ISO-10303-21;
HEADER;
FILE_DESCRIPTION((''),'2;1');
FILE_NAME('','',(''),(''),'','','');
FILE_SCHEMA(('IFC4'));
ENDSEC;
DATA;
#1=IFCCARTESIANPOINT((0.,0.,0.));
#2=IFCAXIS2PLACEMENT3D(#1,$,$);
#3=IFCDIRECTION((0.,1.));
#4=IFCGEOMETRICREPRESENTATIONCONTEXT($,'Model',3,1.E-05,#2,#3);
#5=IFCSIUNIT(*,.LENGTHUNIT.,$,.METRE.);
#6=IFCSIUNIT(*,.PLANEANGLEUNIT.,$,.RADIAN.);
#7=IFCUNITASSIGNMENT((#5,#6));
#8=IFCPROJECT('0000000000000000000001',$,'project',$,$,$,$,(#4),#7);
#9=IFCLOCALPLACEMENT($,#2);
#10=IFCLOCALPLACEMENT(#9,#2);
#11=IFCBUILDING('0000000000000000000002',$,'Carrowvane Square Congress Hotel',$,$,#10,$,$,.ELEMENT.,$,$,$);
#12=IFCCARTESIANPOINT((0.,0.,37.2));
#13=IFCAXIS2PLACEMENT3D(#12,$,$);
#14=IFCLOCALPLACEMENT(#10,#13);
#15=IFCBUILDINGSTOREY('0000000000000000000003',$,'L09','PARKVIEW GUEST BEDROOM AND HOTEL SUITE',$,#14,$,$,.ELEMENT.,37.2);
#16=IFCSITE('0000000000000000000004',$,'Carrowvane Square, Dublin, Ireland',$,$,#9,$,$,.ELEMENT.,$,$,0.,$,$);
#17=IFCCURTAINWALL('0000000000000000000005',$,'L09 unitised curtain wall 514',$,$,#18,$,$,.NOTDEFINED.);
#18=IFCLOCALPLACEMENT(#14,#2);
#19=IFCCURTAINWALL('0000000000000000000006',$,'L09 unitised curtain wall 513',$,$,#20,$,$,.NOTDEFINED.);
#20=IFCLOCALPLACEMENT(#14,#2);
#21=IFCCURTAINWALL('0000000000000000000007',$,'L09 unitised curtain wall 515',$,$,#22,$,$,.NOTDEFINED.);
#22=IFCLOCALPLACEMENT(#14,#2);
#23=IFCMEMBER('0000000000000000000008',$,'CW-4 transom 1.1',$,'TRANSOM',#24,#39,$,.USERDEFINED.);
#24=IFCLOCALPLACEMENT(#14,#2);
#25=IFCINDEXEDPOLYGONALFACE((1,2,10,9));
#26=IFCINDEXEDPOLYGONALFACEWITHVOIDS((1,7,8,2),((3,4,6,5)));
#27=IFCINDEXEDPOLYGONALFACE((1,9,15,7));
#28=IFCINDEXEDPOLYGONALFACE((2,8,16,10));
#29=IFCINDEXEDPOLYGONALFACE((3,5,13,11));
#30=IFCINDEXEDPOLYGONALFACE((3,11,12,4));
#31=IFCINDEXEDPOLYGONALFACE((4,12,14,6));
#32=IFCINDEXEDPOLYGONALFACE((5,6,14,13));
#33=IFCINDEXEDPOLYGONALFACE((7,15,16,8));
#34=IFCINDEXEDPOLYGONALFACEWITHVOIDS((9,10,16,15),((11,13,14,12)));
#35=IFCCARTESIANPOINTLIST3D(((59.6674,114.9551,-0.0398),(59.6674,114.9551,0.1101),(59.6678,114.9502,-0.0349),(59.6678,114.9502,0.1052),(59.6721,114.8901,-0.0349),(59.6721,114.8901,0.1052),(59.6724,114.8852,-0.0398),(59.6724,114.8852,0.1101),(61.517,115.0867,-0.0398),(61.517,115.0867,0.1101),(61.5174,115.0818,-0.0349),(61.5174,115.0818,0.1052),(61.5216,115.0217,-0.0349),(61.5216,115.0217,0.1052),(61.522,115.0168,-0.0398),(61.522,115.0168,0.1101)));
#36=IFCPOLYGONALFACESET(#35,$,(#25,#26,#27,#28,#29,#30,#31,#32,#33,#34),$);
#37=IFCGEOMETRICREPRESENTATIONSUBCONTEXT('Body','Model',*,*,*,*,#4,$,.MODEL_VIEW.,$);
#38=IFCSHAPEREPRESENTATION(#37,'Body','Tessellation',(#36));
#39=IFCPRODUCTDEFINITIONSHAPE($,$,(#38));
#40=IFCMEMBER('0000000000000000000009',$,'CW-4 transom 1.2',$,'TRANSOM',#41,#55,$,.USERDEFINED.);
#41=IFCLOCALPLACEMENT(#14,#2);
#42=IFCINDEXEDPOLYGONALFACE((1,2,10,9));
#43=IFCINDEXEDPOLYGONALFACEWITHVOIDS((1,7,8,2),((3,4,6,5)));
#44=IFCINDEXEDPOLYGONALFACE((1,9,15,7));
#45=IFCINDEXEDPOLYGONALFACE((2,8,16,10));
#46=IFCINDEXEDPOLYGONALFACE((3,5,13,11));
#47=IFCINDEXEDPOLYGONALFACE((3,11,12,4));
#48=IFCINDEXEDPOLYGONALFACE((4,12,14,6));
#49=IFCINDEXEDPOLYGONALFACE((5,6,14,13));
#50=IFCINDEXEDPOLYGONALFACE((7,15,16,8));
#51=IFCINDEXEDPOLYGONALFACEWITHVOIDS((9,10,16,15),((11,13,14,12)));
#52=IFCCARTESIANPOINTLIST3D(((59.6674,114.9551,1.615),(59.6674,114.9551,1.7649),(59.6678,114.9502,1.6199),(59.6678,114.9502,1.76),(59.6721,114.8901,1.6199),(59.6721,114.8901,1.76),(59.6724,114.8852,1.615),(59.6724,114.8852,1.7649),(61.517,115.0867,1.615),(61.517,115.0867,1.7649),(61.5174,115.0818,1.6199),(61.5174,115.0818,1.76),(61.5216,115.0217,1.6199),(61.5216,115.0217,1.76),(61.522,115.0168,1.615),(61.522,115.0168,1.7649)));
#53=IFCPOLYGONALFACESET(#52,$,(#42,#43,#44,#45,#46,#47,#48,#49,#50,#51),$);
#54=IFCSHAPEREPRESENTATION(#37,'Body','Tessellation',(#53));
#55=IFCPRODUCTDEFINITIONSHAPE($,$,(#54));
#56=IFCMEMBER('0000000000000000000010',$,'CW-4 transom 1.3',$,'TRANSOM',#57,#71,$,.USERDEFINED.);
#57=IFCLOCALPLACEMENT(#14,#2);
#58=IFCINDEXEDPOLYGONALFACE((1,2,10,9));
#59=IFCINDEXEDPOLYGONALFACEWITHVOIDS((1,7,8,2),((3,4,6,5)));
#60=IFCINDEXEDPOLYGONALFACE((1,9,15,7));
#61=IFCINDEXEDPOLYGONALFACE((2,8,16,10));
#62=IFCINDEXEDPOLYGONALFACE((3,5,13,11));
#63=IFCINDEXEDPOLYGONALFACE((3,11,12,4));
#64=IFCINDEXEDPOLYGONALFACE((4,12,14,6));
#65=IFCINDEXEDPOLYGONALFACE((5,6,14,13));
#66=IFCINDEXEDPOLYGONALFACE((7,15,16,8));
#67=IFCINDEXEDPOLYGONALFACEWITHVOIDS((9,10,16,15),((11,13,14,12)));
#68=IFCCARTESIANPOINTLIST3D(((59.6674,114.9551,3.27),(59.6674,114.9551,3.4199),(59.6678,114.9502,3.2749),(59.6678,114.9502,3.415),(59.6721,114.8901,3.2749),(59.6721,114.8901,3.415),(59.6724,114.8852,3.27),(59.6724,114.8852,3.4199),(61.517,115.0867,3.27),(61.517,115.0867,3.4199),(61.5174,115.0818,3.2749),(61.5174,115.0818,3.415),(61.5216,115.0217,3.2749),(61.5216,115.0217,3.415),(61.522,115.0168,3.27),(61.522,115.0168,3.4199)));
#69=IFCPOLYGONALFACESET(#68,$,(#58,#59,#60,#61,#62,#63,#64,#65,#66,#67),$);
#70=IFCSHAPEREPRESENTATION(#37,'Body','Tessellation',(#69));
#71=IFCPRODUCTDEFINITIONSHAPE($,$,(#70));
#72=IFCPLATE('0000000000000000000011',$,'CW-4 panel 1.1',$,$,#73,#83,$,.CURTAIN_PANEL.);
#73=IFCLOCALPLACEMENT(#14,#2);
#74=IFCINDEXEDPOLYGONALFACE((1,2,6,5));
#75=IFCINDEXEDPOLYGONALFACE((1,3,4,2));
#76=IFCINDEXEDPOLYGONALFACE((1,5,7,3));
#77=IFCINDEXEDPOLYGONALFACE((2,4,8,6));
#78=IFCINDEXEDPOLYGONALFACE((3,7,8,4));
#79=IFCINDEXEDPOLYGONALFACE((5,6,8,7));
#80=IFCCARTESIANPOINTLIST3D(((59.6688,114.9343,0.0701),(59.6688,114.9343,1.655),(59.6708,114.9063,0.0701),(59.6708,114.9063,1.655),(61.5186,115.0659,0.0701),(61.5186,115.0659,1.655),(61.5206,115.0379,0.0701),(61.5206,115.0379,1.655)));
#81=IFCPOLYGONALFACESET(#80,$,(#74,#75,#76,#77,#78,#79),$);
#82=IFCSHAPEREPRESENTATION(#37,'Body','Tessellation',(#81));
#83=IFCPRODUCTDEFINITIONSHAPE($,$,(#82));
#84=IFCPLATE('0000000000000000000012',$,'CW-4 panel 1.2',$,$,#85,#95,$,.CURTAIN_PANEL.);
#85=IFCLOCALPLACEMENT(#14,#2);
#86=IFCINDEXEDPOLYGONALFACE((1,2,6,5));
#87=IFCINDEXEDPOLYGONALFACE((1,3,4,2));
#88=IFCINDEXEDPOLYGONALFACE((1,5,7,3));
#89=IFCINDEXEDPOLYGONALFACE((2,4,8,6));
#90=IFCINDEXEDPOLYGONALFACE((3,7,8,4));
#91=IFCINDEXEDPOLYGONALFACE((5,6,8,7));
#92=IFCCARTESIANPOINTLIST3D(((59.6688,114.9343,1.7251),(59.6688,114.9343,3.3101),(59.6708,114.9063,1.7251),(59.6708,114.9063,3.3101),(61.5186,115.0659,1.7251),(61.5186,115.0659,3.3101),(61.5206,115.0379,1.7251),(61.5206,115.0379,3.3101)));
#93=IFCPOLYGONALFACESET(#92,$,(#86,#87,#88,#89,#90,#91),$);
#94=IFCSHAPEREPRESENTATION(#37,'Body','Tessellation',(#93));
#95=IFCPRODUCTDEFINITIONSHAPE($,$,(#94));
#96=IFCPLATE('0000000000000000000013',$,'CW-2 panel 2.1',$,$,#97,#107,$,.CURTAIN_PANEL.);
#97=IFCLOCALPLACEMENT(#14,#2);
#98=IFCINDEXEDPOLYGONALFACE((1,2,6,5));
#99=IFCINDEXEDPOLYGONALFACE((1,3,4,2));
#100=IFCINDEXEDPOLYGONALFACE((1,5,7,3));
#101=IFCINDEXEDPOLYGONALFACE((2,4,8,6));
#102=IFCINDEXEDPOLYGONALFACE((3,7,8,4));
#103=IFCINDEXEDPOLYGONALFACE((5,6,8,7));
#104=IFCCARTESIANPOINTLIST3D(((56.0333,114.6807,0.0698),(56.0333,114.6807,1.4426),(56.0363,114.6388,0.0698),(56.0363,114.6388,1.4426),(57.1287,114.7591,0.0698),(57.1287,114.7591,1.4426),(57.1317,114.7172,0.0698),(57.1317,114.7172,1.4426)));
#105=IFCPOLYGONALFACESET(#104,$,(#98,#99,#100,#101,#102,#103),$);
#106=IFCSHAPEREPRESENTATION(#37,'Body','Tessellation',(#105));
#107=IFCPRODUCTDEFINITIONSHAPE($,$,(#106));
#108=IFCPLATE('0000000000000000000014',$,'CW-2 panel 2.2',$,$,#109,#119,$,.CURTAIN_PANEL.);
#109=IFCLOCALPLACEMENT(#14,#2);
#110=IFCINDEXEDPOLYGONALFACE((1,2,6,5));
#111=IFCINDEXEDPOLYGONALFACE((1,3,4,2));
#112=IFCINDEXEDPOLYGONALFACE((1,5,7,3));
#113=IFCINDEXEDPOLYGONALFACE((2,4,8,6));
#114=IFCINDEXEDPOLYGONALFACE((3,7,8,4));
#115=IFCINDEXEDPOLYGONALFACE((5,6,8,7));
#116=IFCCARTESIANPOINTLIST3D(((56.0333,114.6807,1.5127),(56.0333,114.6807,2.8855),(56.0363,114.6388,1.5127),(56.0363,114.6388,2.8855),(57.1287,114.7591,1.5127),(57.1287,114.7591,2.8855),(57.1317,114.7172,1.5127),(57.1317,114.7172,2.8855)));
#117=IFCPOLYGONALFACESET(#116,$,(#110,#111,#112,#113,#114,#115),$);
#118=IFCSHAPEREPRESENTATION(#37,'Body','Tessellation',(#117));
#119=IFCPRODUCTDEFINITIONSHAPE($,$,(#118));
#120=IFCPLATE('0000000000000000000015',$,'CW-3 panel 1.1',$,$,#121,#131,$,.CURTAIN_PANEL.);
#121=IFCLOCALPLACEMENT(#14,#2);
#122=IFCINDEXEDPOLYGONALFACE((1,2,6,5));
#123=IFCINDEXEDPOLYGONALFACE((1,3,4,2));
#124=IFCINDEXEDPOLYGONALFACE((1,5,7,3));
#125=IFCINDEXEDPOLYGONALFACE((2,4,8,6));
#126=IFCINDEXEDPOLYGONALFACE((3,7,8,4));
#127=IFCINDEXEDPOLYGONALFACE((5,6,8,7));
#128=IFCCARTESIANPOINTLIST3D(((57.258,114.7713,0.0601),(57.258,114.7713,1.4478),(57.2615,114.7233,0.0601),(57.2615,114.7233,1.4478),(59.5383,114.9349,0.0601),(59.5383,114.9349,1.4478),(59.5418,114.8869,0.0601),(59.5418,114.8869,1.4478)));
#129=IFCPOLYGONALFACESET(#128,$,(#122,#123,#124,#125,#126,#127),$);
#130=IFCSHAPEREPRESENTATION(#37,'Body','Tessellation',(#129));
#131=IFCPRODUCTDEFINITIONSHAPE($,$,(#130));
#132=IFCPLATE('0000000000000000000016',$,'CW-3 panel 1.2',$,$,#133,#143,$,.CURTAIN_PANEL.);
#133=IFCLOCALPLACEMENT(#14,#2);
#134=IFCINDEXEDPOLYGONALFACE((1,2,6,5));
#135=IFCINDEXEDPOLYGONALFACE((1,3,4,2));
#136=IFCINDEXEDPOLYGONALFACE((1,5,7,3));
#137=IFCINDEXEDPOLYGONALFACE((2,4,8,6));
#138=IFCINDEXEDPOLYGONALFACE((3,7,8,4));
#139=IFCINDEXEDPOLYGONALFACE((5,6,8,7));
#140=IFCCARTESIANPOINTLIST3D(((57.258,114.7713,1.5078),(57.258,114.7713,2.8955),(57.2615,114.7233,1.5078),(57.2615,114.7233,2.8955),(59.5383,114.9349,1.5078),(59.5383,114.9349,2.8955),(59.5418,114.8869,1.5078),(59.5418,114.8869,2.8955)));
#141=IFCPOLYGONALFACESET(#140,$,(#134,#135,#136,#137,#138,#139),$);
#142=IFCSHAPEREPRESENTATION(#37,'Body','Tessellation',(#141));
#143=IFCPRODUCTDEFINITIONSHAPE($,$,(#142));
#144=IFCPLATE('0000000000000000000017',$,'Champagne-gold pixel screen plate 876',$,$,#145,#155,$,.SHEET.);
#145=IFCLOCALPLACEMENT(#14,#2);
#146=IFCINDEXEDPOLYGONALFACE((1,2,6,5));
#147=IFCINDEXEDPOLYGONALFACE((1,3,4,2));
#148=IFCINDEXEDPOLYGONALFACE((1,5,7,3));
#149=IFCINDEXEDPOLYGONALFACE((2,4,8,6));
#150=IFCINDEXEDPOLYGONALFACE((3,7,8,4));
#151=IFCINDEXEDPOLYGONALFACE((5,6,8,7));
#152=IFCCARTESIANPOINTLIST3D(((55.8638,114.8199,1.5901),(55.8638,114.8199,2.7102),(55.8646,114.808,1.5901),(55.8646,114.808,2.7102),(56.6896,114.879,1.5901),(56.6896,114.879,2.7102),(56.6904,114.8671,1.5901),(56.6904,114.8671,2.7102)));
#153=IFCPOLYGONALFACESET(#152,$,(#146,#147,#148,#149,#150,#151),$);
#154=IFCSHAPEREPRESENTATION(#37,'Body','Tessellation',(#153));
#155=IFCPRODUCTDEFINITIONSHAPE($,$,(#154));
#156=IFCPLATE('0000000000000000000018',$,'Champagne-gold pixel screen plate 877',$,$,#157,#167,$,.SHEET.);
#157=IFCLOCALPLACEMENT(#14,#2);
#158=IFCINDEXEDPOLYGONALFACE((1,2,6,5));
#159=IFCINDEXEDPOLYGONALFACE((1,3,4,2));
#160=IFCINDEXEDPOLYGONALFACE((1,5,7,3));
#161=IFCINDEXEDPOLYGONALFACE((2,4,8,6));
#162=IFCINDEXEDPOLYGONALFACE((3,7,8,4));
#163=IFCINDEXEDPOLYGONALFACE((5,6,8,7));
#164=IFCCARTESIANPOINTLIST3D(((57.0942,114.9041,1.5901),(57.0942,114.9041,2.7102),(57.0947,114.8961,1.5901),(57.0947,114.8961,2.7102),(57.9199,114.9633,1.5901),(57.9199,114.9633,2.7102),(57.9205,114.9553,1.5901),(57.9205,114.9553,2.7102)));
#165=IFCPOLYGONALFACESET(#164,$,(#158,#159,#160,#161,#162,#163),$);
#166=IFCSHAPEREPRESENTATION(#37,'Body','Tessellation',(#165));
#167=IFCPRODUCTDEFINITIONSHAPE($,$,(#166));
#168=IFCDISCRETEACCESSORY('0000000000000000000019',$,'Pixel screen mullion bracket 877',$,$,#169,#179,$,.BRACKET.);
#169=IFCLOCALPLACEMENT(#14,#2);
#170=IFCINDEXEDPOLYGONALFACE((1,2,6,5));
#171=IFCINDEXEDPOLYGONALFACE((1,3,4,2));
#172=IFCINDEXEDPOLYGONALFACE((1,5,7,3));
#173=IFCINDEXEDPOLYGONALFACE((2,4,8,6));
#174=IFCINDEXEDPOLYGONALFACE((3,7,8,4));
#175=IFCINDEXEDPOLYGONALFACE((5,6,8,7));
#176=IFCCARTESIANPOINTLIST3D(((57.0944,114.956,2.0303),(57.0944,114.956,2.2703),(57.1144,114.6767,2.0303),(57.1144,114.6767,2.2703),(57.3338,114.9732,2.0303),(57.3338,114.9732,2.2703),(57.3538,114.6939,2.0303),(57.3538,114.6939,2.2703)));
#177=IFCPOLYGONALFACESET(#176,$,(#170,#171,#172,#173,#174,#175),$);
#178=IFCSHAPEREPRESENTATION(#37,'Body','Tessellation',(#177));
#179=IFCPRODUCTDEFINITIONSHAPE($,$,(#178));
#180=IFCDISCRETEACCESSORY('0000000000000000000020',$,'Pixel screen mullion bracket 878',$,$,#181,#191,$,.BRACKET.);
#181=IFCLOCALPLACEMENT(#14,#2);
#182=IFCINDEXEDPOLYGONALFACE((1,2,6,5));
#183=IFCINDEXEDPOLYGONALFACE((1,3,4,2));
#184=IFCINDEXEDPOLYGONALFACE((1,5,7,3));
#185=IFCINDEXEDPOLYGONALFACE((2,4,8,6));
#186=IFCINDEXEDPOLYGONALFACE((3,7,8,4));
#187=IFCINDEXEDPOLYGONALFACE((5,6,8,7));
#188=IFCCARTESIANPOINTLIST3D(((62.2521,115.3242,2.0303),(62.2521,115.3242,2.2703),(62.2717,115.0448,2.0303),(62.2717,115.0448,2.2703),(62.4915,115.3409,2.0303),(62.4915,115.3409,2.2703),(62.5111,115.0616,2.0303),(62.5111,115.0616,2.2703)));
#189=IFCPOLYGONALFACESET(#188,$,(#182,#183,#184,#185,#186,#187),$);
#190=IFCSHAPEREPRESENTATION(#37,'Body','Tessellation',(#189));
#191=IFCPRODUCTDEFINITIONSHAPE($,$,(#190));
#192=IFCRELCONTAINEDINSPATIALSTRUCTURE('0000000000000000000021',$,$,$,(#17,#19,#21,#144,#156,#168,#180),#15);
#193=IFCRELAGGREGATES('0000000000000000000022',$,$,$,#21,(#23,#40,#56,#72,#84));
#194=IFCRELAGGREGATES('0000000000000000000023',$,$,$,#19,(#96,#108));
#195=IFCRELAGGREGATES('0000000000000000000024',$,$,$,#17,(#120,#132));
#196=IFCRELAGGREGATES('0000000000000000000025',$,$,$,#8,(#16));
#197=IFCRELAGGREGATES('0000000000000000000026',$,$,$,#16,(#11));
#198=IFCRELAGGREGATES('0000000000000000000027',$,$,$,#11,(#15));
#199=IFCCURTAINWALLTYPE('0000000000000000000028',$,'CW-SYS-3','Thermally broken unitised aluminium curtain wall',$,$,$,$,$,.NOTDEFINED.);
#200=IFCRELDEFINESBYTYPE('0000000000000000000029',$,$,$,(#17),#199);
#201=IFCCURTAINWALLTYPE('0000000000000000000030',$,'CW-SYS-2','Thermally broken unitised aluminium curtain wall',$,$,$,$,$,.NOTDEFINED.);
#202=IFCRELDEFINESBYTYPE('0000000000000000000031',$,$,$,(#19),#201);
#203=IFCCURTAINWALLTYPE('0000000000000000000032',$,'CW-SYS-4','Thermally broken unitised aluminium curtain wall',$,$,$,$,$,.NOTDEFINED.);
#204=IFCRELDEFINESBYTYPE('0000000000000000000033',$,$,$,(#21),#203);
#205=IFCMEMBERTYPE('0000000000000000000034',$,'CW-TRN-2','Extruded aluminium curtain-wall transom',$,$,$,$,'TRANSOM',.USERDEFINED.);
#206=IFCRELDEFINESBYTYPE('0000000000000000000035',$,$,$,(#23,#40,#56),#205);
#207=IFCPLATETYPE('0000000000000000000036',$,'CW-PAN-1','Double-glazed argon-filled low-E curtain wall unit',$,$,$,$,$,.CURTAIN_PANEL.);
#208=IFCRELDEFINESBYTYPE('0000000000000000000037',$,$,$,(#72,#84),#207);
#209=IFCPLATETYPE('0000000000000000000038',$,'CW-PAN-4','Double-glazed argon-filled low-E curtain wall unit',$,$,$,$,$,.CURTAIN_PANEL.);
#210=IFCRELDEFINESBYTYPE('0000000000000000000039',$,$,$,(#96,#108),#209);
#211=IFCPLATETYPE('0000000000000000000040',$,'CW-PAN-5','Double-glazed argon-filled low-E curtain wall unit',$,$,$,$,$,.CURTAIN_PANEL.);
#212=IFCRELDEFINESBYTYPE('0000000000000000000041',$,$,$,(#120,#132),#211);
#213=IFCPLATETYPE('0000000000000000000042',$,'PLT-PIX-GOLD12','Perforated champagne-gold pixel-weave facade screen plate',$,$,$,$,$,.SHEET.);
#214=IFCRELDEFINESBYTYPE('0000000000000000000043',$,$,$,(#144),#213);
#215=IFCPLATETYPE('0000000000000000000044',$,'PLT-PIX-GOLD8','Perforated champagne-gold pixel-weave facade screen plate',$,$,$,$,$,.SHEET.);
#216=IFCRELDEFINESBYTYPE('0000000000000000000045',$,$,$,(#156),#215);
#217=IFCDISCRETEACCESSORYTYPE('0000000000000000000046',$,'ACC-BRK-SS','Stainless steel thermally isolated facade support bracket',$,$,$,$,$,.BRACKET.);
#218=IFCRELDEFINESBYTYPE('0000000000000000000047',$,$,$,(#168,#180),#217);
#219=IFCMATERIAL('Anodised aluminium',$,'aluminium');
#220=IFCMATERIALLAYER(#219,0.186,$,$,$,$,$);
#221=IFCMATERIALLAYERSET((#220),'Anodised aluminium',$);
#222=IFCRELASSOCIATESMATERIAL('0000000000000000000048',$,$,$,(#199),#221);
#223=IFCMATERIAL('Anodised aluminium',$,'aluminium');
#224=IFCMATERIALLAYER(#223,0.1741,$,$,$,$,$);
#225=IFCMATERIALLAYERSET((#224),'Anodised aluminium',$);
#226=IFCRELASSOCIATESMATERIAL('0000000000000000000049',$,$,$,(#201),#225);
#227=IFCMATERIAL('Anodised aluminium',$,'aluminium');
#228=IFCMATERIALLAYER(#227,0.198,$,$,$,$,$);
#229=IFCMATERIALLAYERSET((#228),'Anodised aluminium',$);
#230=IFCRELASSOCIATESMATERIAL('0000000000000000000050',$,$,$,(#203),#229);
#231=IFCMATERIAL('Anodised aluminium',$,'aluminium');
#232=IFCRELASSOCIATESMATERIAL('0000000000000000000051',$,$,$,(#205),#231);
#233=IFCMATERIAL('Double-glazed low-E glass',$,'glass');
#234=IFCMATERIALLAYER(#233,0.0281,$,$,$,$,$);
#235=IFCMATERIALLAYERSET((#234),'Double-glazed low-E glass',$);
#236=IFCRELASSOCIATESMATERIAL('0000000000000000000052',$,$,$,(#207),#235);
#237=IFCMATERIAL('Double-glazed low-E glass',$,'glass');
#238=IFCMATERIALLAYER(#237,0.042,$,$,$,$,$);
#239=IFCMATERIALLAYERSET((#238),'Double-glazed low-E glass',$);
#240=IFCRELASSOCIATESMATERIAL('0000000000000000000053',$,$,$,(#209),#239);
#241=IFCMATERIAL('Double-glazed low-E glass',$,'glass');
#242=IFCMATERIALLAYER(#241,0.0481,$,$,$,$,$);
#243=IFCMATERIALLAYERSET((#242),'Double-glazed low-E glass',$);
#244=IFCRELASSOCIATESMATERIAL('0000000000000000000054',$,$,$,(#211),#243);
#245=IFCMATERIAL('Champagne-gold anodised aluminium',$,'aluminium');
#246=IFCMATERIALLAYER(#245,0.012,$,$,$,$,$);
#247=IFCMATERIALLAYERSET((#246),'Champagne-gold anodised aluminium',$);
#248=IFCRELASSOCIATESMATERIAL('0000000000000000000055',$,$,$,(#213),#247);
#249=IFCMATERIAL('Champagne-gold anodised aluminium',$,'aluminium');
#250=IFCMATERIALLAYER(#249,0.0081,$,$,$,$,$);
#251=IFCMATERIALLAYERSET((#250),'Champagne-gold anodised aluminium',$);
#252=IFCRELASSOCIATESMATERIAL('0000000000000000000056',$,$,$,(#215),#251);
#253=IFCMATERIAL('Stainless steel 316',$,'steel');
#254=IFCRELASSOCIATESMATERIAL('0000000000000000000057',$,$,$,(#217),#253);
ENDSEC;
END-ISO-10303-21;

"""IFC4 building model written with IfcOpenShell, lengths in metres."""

from ifc_helpers import new_model, si_unit, direction, frame, origin, origin_2d, place, context, subcontext, project, spatial, rectangle, hollow_rectangle, extrude, material, layer, layer_set, material_profile, profile_set, type_object, element, aggregate, save


model = new_model("IFC4")

# Units and contexts
model_context = context("Model", 3, precision=1e-05, world=origin(), true_north=direction((0.0, 1.0)))
body_context = subcontext(model_context, "Body", "Model", "MODEL_VIEW")
ifc_project = project(units=[si_unit("LENGTHUNIT", "METRE"), si_unit("PLANEANGLEUNIT", "RADIAN")], contexts=[model_context])

# Site, building, storey
site_placement = place(None, origin())
site = spatial("IfcSite", under=ifc_project, at=site_placement, Name="Carrowvane Square, Dublin, Ireland", CompositionType="ELEMENT", RefElevation=0.0)
building_placement = place(site_placement, origin())
building = spatial("IfcBuilding", under=site, at=building_placement, Name="Carrowvane Square Congress Hotel", CompositionType="ELEMENT")
storey_placement = place(building_placement, frame((0.0, 0.0, 37.2)))
storey = spatial("IfcBuildingStorey", under=building, at=storey_placement, Name="L09", Description="PARKVIEW GUEST BEDROOM AND HOTEL SUITE", CompositionType="ELEMENT", Elevation=37.2)

# Curtain wall
ifc_material_1 = material(Name="Anodised aluminium", Category="aluminium")
ifc_layer_1 = layer(ifc_material_1, 0.186)
ifc_layer_set_1 = layer_set([ifc_layer_1], Name="Anodised aluminium")
curtain_wall_type_1 = type_object("IfcCurtainWallType", Name="CW-SYS-3", Description="Thermally broken unitised aluminium curtain wall", PredefinedType="NOTDEFINED", material=ifc_layer_set_1)
curtain_wall_1_placement = place(storey_placement, origin())
curtain_wall_1 = element("IfcCurtainWall", 1, at=curtain_wall_1_placement, inside=storey, type_object=curtain_wall_type_1, Name="L09 unitised curtain wall 514", PredefinedType="NOTDEFINED")

# Curtain wall
ifc_material_2 = material(Name="Anodised aluminium", Category="aluminium")
ifc_layer_2 = layer(ifc_material_2, 0.1741)
ifc_layer_set_2 = layer_set([ifc_layer_2], Name="Anodised aluminium")
curtain_wall_type_2 = type_object("IfcCurtainWallType", Name="CW-SYS-2", Description="Thermally broken unitised aluminium curtain wall", PredefinedType="NOTDEFINED", material=ifc_layer_set_2)
curtain_wall_2_placement = place(storey_placement, origin())
curtain_wall_2 = element("IfcCurtainWall", 2, at=curtain_wall_2_placement, inside=storey, type_object=curtain_wall_type_2, Name="L09 unitised curtain wall 513", PredefinedType="NOTDEFINED")

# Curtain wall
ifc_material_3 = material(Name="Anodised aluminium", Category="aluminium")
ifc_layer_3 = layer(ifc_material_3, 0.198)
ifc_layer_set_3 = layer_set([ifc_layer_3], Name="Anodised aluminium")
curtain_wall_type_3 = type_object("IfcCurtainWallType", Name="CW-SYS-4", Description="Thermally broken unitised aluminium curtain wall", PredefinedType="NOTDEFINED", material=ifc_layer_set_3)
curtain_wall_3_placement = place(storey_placement, origin())
curtain_wall_3 = element("IfcCurtainWall", 3, at=curtain_wall_3_placement, inside=storey, type_object=curtain_wall_type_3, Name="L09 unitised curtain wall 515", PredefinedType="NOTDEFINED")

# Members
ifc_material_4 = material(Name="Anodised aluminium", Category="aluminium")
ifc_material_profile_1 = material_profile(ifc_material_4, hollow_rectangle(XDim=0.0701, YDim=0.1499, WallThickness=0.0049, at=origin_2d()), Name="CW-TR 70x150x5")
ifc_profile_set_1 = profile_set([ifc_material_profile_1], Name="Anodised aluminium")
member_type_1 = type_object("IfcMemberType", Name="CW-TRN-2", Description="Extruded aluminium curtain-wall transom", ElementType="TRANSOM", PredefinedType="USERDEFINED", material=ifc_profile_set_1)
member_1_placement = place(storey_placement, frame((59.6699, 114.9202, 0.0352), z_axis=(0.997479, 0.070966, 0.0), x_axis=(-0.070966, 0.997479, 0.0)))
member_1 = element("IfcMember", 4, at=member_1_placement, type_object=member_type_1, Name="CW-4 transom 1.1", ObjectType="TRANSOM", PredefinedType="USERDEFINED", context=body_context, shape_type="SweptSolid", body=[
    extrude(hollow_rectangle(XDim=0.0701, YDim=0.1499, WallThickness=0.0049, at=origin_2d()), origin(), (0.0, 0.0, 1.0), 1.8542),
])
member_2_placement = place(storey_placement, frame((59.6699, 114.9202, 1.6899), z_axis=(0.997479, 0.070966, 0.0), x_axis=(-0.070966, 0.997479, 0.0)))
member_2 = element("IfcMember", 5, at=member_2_placement, type_object=member_type_1, Name="CW-4 transom 1.2", ObjectType="TRANSOM", PredefinedType="USERDEFINED", context=body_context, shape_type="SweptSolid", body=[
    extrude(hollow_rectangle(XDim=0.0701, YDim=0.1499, WallThickness=0.0049, at=origin_2d()), origin(), (0.0, 0.0, 1.0), 1.8542),
])
member_3_placement = place(storey_placement, frame((59.6699, 114.9202, 3.345), z_axis=(0.997479, 0.070966, 0.0), x_axis=(-0.070966, 0.997479, 0.0)))
member_3 = element("IfcMember", 6, at=member_3_placement, type_object=member_type_1, Name="CW-4 transom 1.3", ObjectType="TRANSOM", PredefinedType="USERDEFINED", context=body_context, shape_type="SweptSolid", body=[
    extrude(hollow_rectangle(XDim=0.0701, YDim=0.1499, WallThickness=0.0049, at=origin_2d()), origin(), (0.0, 0.0, 1.0), 1.8542),
])

# Plates
ifc_material_5 = material(Name="Double-glazed low-E glass", Category="glass")
ifc_layer_4 = layer(ifc_material_5, 0.0281)
ifc_layer_set_4 = layer_set([ifc_layer_4], Name="Double-glazed low-E glass")
plate_type_1 = type_object("IfcPlateType", Name="CW-PAN-1", Description="Double-glazed argon-filled low-E curtain wall unit", PredefinedType="CURTAIN_PANEL", material=ifc_layer_set_4)
plate_1_placement = place(storey_placement, frame((60.5947, 114.9861, 0.0701), z_axis=(0.0, 0.0, 1.0), x_axis=(0.997479, 0.07096, 0.0)))
plate_1 = element("IfcPlate", 7, at=plate_1_placement, type_object=plate_type_1, Name="CW-4 panel 1.1", PredefinedType="CURTAIN_PANEL", context=body_context, shape_type="SweptSolid", body=[
    extrude(rectangle(XDim=1.8545, YDim=0.0281, at=origin_2d()), origin(), (0.0, 0.0, 1.0), 1.585),
])
plate_2_placement = place(storey_placement, frame((60.5947, 114.9861, 1.7251), z_axis=(0.0, 0.0, 1.0), x_axis=(0.997479, 0.07096, 0.0)))
plate_2 = element("IfcPlate", 8, at=plate_2_placement, type_object=plate_type_1, Name="CW-4 panel 1.2", PredefinedType="CURTAIN_PANEL", context=body_context, shape_type="SweptSolid", body=[
    extrude(rectangle(XDim=1.8545, YDim=0.0281, at=origin_2d()), origin(), (0.0, 0.0, 1.0), 1.585),
])
aggregate(curtain_wall_3, [member_1, member_2, member_3, plate_1, plate_2])
ifc_material_6 = material(Name="Double-glazed low-E glass", Category="glass")
ifc_layer_5 = layer(ifc_material_6, 0.042)
ifc_layer_set_5 = layer_set([ifc_layer_5], Name="Double-glazed low-E glass")
plate_type_2 = type_object("IfcPlateType", Name="CW-PAN-4", Description="Double-glazed argon-filled low-E curtain wall unit", PredefinedType="CURTAIN_PANEL", material=ifc_layer_set_5)
plate_3_placement = place(storey_placement, frame((56.5825, 114.699, 0.0698), z_axis=(0.0, 0.0, 1.0), x_axis=(0.997446, 0.071418, 0.0)))
plate_3 = element("IfcPlate", 9, at=plate_3_placement, type_object=plate_type_2, Name="CW-2 panel 2.1", PredefinedType="CURTAIN_PANEL", context=body_context, shape_type="SweptSolid", body=[
    extrude(rectangle(XDim=1.0981, YDim=0.042, at=origin_2d()), origin(), (0.0, 0.0, 1.0), 1.3728),
])
plate_4_placement = place(storey_placement, frame((56.5825, 114.699, 1.5127), z_axis=(0.0, 0.0, 1.0), x_axis=(0.997446, 0.071418, 0.0)))
plate_4 = element("IfcPlate", 10, at=plate_4_placement, type_object=plate_type_2, Name="CW-2 panel 2.2", PredefinedType="CURTAIN_PANEL", context=body_context, shape_type="SweptSolid", body=[
    extrude(rectangle(XDim=1.0981, YDim=0.042, at=origin_2d()), origin(), (0.0, 0.0, 1.0), 1.3728),
])
aggregate(curtain_wall_2, [plate_3, plate_4])
ifc_material_7 = material(Name="Double-glazed low-E glass", Category="glass")
ifc_layer_6 = layer(ifc_material_7, 0.0481)
ifc_layer_set_6 = layer_set([ifc_layer_6], Name="Double-glazed low-E glass")
plate_type_3 = type_object("IfcPlateType", Name="CW-PAN-5", Description="Double-glazed argon-filled low-E curtain wall unit", PredefinedType="CURTAIN_PANEL", material=ifc_layer_set_6)
plate_5_placement = place(storey_placement, frame((58.3999, 114.8291, 0.0601), z_axis=(0.0, 0.0, 1.0), x_axis=(0.997438, 0.071532, 0.0)))
plate_5 = element("IfcPlate", 11, at=plate_5_placement, type_object=plate_type_3, Name="CW-3 panel 1.1", PredefinedType="CURTAIN_PANEL", context=body_context, shape_type="SweptSolid", body=[
    extrude(rectangle(XDim=2.2861, YDim=0.0481, at=origin_2d()), origin(), (0.0, 0.0, 1.0), 1.3877),
])
plate_6_placement = place(storey_placement, frame((58.3999, 114.8291, 1.5078), z_axis=(0.0, 0.0, 1.0), x_axis=(0.997438, 0.071532, 0.0)))
plate_6 = element("IfcPlate", 12, at=plate_6_placement, type_object=plate_type_3, Name="CW-3 panel 1.2", PredefinedType="CURTAIN_PANEL", context=body_context, shape_type="SweptSolid", body=[
    extrude(rectangle(XDim=2.2861, YDim=0.0481, at=origin_2d()), origin(), (0.0, 0.0, 1.0), 1.3877),
])
aggregate(curtain_wall_1, [plate_5, plate_6])

# Plates
ifc_material_8 = material(Name="Champagne-gold anodised aluminium", Category="aluminium")
ifc_layer_7 = layer(ifc_material_8, 0.012)
ifc_layer_set_7 = layer_set([ifc_layer_7], Name="Champagne-gold anodised aluminium")
plate_type_4 = type_object("IfcPlateType", Name="PLT-PIX-GOLD12", Description="Perforated champagne-gold pixel-weave facade screen plate", PredefinedType="SHEET", material=ifc_layer_set_7)
plate_7_placement = place(storey_placement, frame((56.2771, 114.8435, 1.5901), z_axis=(0.0, 0.0, 1.0), x_axis=(0.997446, 0.07142, 0.0)))
element("IfcPlate", 13, at=plate_7_placement, inside=storey, type_object=plate_type_4, Name="Champagne-gold pixel screen plate 876", PredefinedType="SHEET", context=body_context, shape_type="SweptSolid", body=[
    extrude(rectangle(XDim=0.8279, YDim=0.012, at=origin_2d()), origin(), (0.0, 0.0, 1.0), 1.1201),
])
ifc_material_9 = material(Name="Champagne-gold anodised aluminium", Category="aluminium")
ifc_layer_8 = layer(ifc_material_9, 0.0081)
ifc_layer_set_8 = layer_set([ifc_layer_8], Name="Champagne-gold anodised aluminium")
plate_type_5 = type_object("IfcPlateType", Name="PLT-PIX-GOLD8", Description="Perforated champagne-gold pixel-weave facade screen plate", PredefinedType="SHEET", material=ifc_layer_set_8)
plate_8_placement = place(storey_placement, frame((57.5073, 114.9297, 1.5901), z_axis=(0.0, 0.0, 1.0), x_axis=(0.997438, 0.071533, 0.0)))
element("IfcPlate", 14, at=plate_8_placement, inside=storey, type_object=plate_type_5, Name="Champagne-gold pixel screen plate 877", PredefinedType="SHEET", context=body_context, shape_type="SweptSolid", body=[
    extrude(rectangle(XDim=0.8279, YDim=0.0081, at=origin_2d()), origin(), (0.0, 0.0, 1.0), 1.1201),
])

# Discrete accessories
ifc_material_10 = material(Name="Stainless steel 316", Category="steel")
discrete_accessory_type = type_object("IfcDiscreteAccessoryType", Name="ACC-BRK-SS", Description="Stainless steel thermally isolated facade support bracket", PredefinedType="BRACKET", material=ifc_material_10)
for number, where, z_axis, x_axis, name in (
    (15, (57.2241, 114.825, 2.0303), (0.0, 0.0, 1.0), (0.997438, 0.071533, 0.0), "Pixel screen mullion bracket 877"),
    (16, (62.3816, 115.1929, 2.0303), (0.0, 0.0, 1.0), (0.997566, 0.069725, 0.0), "Pixel screen mullion bracket 878"),
):
    element("IfcDiscreteAccessory", number, at=place(storey_placement, frame(where, z_axis=z_axis, x_axis=x_axis)), inside=storey, type_object=discrete_accessory_type, Name=name, PredefinedType="BRACKET", context=body_context, shape_type="SweptSolid", body=[
        extrude(rectangle(XDim=0.24, YDim=0.28, at=origin_2d()), origin(), (0.0, 0.0, 1.0), 0.24),
    ])

save(model, "model.ifc")
